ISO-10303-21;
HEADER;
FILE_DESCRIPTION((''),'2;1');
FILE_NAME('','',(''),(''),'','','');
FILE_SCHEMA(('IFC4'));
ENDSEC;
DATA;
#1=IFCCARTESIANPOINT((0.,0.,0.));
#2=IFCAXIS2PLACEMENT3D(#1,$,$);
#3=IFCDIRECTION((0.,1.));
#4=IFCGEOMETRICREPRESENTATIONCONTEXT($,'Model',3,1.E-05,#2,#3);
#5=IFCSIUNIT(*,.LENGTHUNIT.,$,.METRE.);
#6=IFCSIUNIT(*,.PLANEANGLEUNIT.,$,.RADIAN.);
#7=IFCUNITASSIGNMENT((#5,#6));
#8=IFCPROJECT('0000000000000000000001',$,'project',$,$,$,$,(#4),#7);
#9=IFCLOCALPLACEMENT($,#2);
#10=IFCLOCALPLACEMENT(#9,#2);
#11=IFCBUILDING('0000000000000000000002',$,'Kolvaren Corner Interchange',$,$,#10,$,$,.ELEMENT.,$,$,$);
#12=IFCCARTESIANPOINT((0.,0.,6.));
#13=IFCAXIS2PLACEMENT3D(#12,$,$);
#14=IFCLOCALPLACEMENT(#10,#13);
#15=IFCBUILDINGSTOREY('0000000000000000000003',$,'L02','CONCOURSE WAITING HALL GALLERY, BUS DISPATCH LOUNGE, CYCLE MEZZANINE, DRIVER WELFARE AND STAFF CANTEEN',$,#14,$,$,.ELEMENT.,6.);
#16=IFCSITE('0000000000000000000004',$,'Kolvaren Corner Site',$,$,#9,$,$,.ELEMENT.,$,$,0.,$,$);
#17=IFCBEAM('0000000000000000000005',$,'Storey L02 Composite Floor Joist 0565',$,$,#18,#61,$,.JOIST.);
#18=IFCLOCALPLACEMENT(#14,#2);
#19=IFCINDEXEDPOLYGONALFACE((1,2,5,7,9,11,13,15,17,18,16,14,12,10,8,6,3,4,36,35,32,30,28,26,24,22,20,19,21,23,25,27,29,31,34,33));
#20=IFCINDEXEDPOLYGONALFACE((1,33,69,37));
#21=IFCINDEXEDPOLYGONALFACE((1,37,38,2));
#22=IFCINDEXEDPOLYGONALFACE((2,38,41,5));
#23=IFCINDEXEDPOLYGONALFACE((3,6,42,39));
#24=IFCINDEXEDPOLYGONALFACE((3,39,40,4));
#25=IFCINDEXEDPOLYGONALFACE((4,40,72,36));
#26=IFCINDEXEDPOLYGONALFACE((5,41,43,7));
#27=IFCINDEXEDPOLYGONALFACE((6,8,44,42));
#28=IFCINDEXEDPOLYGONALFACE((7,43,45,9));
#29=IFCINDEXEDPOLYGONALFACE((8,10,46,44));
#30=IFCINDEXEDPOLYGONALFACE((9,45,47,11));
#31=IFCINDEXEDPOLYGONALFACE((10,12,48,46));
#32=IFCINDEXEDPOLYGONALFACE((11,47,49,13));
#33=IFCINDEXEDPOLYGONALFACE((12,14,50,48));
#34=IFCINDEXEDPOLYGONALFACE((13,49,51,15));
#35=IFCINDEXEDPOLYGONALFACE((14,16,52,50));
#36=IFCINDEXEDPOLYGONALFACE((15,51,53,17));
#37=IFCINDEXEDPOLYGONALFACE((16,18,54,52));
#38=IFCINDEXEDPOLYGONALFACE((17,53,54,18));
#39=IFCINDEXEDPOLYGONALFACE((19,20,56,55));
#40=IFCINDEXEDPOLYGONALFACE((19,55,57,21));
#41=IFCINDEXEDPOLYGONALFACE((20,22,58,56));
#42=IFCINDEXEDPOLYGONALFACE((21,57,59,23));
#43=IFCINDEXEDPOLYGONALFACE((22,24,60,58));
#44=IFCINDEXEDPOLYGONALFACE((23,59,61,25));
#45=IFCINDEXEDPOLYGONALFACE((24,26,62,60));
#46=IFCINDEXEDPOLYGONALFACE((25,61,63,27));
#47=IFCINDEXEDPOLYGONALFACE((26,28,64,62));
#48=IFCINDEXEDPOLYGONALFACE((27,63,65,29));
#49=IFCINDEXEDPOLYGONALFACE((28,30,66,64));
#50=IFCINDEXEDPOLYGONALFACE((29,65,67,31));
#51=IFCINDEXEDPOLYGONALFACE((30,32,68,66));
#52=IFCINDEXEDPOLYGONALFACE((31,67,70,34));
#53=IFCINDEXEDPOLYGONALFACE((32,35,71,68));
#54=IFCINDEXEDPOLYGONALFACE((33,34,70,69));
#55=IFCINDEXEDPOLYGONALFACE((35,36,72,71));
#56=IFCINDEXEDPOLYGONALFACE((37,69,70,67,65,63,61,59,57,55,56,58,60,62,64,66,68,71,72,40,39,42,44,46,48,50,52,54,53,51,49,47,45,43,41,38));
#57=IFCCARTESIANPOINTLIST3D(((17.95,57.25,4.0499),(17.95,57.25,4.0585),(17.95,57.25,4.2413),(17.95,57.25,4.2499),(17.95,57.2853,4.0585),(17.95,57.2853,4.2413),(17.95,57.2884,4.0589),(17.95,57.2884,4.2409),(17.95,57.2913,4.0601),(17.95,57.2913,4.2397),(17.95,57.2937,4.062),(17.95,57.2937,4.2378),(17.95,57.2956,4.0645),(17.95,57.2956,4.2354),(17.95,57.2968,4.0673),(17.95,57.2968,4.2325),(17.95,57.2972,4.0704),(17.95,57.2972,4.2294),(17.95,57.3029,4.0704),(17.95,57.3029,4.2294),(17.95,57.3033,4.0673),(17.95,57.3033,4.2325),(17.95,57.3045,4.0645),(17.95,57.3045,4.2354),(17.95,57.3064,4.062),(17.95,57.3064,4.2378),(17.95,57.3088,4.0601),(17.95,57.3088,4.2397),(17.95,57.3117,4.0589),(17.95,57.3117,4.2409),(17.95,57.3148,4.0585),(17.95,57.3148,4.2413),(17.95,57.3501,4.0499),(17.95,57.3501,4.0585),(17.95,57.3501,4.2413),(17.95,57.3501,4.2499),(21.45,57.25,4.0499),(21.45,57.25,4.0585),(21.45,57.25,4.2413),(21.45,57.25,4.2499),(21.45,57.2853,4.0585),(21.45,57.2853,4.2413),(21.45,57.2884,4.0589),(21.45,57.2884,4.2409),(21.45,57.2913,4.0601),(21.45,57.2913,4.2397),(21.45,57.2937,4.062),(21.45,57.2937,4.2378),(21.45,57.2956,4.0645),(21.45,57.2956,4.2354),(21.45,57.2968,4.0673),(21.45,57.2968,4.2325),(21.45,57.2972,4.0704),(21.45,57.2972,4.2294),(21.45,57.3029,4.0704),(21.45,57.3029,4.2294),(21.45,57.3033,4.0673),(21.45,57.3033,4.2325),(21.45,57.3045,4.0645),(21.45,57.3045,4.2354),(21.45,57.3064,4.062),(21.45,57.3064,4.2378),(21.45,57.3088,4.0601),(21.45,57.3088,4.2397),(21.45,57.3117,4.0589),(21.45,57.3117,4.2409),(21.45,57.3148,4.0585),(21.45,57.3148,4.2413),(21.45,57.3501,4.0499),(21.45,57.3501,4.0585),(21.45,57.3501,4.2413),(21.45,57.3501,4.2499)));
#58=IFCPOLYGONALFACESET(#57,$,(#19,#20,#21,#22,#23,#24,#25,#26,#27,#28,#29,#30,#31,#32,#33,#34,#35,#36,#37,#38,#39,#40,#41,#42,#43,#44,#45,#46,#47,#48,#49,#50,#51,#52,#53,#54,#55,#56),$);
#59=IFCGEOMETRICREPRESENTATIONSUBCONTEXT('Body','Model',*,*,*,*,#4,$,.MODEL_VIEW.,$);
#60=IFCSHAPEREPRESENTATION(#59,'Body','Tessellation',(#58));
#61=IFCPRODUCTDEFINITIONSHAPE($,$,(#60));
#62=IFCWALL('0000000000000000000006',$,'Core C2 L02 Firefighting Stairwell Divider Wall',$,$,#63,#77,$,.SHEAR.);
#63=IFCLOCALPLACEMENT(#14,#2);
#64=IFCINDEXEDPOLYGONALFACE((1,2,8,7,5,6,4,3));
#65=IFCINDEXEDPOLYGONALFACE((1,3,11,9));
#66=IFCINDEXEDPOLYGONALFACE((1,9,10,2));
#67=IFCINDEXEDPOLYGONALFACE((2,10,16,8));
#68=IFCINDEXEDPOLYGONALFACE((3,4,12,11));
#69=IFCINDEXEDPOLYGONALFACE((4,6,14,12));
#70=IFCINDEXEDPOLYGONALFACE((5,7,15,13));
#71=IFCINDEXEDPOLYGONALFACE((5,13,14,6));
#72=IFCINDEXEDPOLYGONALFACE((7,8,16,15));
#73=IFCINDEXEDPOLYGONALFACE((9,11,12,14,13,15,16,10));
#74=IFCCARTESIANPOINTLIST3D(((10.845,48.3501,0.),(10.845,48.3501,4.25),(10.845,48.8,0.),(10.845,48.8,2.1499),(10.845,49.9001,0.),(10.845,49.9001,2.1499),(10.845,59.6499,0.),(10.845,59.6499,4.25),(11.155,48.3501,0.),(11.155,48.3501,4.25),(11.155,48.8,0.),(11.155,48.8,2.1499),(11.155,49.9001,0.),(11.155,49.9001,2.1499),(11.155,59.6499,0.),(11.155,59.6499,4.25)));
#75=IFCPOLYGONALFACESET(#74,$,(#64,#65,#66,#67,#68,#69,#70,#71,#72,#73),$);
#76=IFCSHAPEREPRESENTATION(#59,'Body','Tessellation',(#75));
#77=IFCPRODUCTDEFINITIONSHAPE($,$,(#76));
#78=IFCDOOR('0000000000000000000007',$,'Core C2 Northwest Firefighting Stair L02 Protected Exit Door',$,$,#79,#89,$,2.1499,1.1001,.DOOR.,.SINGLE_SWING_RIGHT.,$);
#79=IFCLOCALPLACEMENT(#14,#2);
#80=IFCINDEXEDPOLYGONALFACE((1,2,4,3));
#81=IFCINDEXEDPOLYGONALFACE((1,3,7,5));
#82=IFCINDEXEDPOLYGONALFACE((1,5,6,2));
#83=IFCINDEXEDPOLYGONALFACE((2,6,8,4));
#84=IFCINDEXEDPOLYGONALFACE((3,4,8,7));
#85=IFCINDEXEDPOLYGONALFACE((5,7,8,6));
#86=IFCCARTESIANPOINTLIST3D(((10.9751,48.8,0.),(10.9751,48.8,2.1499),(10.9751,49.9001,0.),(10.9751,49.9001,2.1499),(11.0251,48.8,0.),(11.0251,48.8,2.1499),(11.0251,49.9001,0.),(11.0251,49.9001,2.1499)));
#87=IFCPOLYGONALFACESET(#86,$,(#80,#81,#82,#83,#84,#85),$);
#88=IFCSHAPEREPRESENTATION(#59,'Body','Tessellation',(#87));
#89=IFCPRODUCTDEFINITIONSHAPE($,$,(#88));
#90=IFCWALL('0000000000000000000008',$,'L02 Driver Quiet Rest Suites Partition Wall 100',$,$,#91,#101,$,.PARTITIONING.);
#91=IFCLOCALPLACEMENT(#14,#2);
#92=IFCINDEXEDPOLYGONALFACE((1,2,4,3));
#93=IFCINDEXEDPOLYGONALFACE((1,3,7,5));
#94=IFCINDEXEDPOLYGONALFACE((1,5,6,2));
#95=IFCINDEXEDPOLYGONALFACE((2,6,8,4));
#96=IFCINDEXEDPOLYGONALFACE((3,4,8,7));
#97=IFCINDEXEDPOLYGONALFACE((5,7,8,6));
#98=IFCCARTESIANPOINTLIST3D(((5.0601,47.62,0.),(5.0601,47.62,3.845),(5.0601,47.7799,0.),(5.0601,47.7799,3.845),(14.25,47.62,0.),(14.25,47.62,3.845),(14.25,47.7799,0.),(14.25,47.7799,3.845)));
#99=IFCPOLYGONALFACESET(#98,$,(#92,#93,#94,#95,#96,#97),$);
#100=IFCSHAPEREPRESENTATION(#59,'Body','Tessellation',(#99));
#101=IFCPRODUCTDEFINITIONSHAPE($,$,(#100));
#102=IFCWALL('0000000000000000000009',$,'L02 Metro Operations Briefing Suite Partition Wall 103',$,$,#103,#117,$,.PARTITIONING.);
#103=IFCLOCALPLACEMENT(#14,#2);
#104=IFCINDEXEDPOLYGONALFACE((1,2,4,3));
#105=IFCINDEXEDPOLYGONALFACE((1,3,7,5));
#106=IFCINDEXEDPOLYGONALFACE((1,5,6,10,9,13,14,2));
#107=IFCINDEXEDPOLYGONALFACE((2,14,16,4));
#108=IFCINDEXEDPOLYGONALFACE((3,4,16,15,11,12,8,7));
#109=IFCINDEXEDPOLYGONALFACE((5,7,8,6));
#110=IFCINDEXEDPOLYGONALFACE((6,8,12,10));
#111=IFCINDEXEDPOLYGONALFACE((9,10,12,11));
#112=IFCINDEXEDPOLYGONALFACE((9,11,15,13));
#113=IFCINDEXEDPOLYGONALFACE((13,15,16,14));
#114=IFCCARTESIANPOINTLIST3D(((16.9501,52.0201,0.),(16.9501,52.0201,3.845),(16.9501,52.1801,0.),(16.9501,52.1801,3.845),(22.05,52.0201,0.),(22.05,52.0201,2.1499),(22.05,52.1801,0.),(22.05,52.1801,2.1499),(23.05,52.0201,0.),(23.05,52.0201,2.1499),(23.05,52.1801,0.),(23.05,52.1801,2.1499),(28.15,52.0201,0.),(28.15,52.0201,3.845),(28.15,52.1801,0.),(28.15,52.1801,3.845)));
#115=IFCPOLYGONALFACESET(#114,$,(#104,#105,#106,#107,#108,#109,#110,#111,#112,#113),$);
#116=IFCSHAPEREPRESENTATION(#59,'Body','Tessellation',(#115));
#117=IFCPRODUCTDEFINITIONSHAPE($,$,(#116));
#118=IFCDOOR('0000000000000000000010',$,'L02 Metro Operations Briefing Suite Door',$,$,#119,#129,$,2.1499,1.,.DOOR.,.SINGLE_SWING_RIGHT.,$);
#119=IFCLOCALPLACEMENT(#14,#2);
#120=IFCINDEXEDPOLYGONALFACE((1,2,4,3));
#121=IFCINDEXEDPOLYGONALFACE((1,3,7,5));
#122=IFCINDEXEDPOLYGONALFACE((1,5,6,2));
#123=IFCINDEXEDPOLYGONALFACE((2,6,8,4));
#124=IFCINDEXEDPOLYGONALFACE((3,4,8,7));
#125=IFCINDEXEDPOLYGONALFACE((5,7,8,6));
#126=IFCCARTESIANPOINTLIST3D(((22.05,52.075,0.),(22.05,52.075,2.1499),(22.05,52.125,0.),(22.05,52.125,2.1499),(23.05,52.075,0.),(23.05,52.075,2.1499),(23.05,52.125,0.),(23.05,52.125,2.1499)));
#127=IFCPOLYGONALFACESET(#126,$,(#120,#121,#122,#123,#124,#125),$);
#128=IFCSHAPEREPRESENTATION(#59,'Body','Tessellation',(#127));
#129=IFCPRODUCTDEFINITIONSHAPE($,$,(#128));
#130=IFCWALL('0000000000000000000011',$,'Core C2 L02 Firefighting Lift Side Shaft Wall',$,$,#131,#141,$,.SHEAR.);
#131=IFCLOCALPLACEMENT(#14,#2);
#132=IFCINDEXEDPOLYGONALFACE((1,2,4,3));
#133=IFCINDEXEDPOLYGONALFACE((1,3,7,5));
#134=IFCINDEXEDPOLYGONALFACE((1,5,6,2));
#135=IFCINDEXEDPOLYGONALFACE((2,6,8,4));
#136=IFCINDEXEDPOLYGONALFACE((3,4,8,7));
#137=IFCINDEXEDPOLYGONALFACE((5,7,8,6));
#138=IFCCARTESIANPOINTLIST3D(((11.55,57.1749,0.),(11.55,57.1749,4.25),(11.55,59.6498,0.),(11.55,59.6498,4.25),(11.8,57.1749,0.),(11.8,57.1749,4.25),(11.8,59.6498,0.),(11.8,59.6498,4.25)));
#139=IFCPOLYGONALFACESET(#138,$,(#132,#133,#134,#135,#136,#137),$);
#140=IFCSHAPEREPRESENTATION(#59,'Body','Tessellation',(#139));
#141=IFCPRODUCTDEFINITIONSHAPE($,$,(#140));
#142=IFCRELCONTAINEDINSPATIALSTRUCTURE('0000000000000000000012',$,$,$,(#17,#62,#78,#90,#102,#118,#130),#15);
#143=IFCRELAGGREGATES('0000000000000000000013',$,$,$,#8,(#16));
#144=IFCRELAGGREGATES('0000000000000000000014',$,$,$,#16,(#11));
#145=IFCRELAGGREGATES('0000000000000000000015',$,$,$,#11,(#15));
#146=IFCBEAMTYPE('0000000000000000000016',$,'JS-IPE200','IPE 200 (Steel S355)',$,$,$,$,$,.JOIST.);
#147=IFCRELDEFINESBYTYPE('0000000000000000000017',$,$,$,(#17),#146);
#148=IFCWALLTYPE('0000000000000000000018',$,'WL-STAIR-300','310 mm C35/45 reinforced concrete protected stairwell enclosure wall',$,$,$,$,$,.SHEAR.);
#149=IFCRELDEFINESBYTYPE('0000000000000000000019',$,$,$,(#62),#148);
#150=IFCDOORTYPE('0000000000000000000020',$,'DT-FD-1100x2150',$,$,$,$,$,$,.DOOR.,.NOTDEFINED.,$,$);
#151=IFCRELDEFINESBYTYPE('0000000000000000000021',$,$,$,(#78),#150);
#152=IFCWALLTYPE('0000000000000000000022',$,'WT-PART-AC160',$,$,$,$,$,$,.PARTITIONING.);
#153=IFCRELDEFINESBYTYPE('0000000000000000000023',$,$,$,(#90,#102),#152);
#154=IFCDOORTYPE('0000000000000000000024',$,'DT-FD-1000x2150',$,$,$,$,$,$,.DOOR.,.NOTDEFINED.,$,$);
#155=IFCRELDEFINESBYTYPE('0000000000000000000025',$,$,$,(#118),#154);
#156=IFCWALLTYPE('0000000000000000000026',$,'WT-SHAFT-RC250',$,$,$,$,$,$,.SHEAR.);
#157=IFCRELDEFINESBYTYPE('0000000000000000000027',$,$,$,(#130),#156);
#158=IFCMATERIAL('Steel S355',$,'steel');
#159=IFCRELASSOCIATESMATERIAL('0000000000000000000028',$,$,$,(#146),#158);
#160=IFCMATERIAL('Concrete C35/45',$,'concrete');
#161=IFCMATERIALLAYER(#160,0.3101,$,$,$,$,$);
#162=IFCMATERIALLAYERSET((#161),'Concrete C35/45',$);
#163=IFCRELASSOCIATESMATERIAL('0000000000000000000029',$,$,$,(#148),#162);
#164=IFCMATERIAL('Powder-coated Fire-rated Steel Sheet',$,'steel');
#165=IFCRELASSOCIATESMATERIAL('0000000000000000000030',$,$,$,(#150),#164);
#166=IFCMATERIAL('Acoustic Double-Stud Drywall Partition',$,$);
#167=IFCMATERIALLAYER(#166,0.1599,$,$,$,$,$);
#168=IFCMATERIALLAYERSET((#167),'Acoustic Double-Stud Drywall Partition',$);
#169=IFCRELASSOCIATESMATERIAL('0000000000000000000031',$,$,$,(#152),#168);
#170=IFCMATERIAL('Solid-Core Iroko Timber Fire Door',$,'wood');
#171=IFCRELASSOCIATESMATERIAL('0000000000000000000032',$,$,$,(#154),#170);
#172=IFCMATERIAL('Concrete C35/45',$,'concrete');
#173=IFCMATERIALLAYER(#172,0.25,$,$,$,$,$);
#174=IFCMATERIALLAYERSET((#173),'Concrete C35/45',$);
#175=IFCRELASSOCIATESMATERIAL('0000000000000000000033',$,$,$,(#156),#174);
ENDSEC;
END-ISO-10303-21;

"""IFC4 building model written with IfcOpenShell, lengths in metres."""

from ifc_helpers import new_model, si_unit, direction, frame, frame_2d, origin, origin_2d, place, context, subcontext, project, spatial, rectangle, i_section, extrude, material, layer, layer_set, material_profile, profile_set, type_object, element, fill, save


model = new_model("IFC4")

# Units and contexts
model_context = context("Model", 3, precision=1e-05, world=origin(), true_north=direction((0.0, 1.0)))
body_context = subcontext(model_context, "Body", "Model", "MODEL_VIEW")
ifc_project = project(units=[si_unit("LENGTHUNIT", "METRE"), si_unit("PLANEANGLEUNIT", "RADIAN")], contexts=[model_context])

# Site, building, storey
site_placement = place(None, origin())
site = spatial("IfcSite", under=ifc_project, at=site_placement, Name="Kolvaren Corner Site", CompositionType="ELEMENT", RefElevation=0.0)
building_placement = place(site_placement, origin())
building = spatial("IfcBuilding", under=site, at=building_placement, Name="Kolvaren Corner Interchange", CompositionType="ELEMENT")
storey_placement = place(building_placement, frame((0.0, 0.0, 6.0)))
storey = spatial("IfcBuildingStorey", under=building, at=storey_placement, Name="L02", Description="CONCOURSE WAITING HALL GALLERY, BUS DISPATCH LOUNGE, CYCLE MEZZANINE, DRIVER WELFARE AND STAFF CANTEEN", CompositionType="ELEMENT", Elevation=6.0)

# Beam
ifc_material_1 = material(Name="Steel S355", Category="steel")
ifc_material_profile_1 = material_profile(ifc_material_1, i_section(OverallWidth=0.1001, OverallDepth=0.2, WebThickness=0.0056, FlangeThickness=0.0085, FilletRadius=0.012, at=origin_2d()), Name="IPE 200")
ifc_profile_set_1 = profile_set([ifc_material_profile_1], Name="Steel S355")
beam_type_1 = type_object("IfcBeamType", Name="JS-IPE200", Description="IPE 200 (Steel S355)", PredefinedType="JOIST", material=ifc_profile_set_1)
for number, where, z_axis, x_axis, name in (
    (1, (17.95, 57.3, 4.1499), (1.0, 0.0, 0.0), (0.0, 1.0, 0.0), "Storey L02 Composite Floor Joist 0565"),
):
    element("IfcBeam", number, at=place(storey_placement, frame(where, z_axis=z_axis, x_axis=x_axis)), inside=storey, type_object=beam_type_1, Name=name, PredefinedType="JOIST", context=body_context, shape_type="SweptSolid", body=[
        extrude(i_section(OverallWidth=0.1001, OverallDepth=0.2, WebThickness=0.0056, FlangeThickness=0.0085, FilletRadius=0.012, at=origin_2d()), origin(), (0.0, 0.0, 1.0), 3.5),
    ])

# Wall, opening, door
ifc_material_2 = material(Name="Concrete C35/45", Category="concrete")
ifc_layer_1 = layer(ifc_material_2, 0.3101)
ifc_layer_set_1 = layer_set([ifc_layer_1], Name="Concrete C35/45")
wall_type_1 = type_object("IfcWallType", Name="WL-STAIR-300", Description="310 mm C35/45 reinforced concrete protected stairwell enclosure wall", PredefinedType="SHEAR", material=ifc_layer_set_1)
wall_1_placement = place(storey_placement, frame((11.0, 48.3501, 0.0), z_axis=(0.0, 0.0, 1.0), x_axis=(0.0, 1.0, 0.0)))
wall_1 = element("IfcWall", 2, at=wall_1_placement, inside=storey, type_object=wall_type_1, Name="Core C2 L02 Firefighting Stairwell Divider Wall", PredefinedType="SHEAR", context=body_context, shape_type="SweptSolid", body=[
    extrude(rectangle(XDim=11.2998, YDim=0.3101, at=frame_2d((5.6499, 0.0))), origin(), (0.0, 0.0, 1.0), 4.25),
])
opening_1_placement = place(wall_1_placement, frame((0.45, 0.0, 0.0)))
opening_1 = element("IfcOpeningElement", 3, at=opening_1_placement, cuts=wall_1, PredefinedType="OPENING", context=body_context, shape_type="SweptSolid", body=[
    extrude(rectangle(XDim=1.1001, YDim=2.1499, at=frame_2d((0.55, 1.075))), frame((0.0, 0.165, 0.0), z_axis=(0.0, -1.0, 0.0), x_axis=(1.0, 0.0, 0.0)), (0.0, 0.0, 1.0), 0.3301),
])
ifc_material_3 = material(Name="Powder-coated Fire-rated Steel Sheet", Category="steel")
door_type_1 = type_object("IfcDoorType", Name="DT-FD-1100x2150", OperationType="NOTDEFINED", PredefinedType="DOOR", material=ifc_material_3)
door_1_placement = place(opening_1_placement, origin())
door_1 = element("IfcDoor", 4, at=door_1_placement, inside=storey, type_object=door_type_1, Name="Core C2 Northwest Firefighting Stair L02 Protected Exit Door", OperationType="SINGLE_SWING_RIGHT", OverallHeight=2.1499, OverallWidth=1.1001, PredefinedType="DOOR", context=body_context, shape_type="SweptSolid", body=[
    extrude(rectangle(XDim=1.1001, YDim=2.1499, at=frame_2d((0.55, 1.075))), frame((0.0, 0.0249, 0.0), z_axis=(0.0, -1.0, 0.0), x_axis=(1.0, 0.0, 0.0)), (0.0, 0.0, 1.0), 0.05),
])
fill(opening_1, door_1)

# Wall
ifc_material_4 = material(Name="Acoustic Double-Stud Drywall Partition")
ifc_layer_2 = layer(ifc_material_4, 0.1599)
ifc_layer_set_2 = layer_set([ifc_layer_2], Name="Acoustic Double-Stud Drywall Partition")
wall_type_2 = type_object("IfcWallType", Name="WT-PART-AC160", PredefinedType="PARTITIONING", material=ifc_layer_set_2)
wall_2_placement = place(storey_placement, frame((14.25, 47.7, 0.0), z_axis=(0.0, 0.0, 1.0), x_axis=(-1.0, 0.0, 0.0)))
element("IfcWall", 5, at=wall_2_placement, inside=storey, type_object=wall_type_2, Name="L02 Driver Quiet Rest Suites Partition Wall 100", PredefinedType="PARTITIONING", context=body_context, shape_type="SweptSolid", body=[
    extrude(rectangle(XDim=9.1899, YDim=0.1599, at=frame_2d((4.595, 0.0))), origin(), (0.0, 0.0, 1.0), 3.845),
])

# Wall, opening, door
wall_3_placement = place(storey_placement, frame((16.95, 52.1001, 0.0), z_axis=(0.0, 0.0, 1.0), x_axis=(1.0, 0.0, 0.0)))
wall_3 = element("IfcWall", 6, at=wall_3_placement, inside=storey, type_object=wall_type_2, Name="L02 Metro Operations Briefing Suite Partition Wall 103", PredefinedType="PARTITIONING", context=body_context, shape_type="SweptSolid", body=[
    extrude(rectangle(XDim=11.2, YDim=0.1599, at=frame_2d((5.6001, 0.0))), origin(), (0.0, 0.0, 1.0), 3.845),
])
opening_2_placement = place(wall_3_placement, frame((5.1001, 0.0, 0.0)))
opening_2 = element("IfcOpeningElement", 7, at=opening_2_placement, cuts=wall_3, PredefinedType="OPENING", context=body_context, shape_type="SweptSolid", body=[
    extrude(rectangle(XDim=1.0, YDim=2.1499, at=frame_2d((0.5, 1.075))), frame((0.0, 0.0898, 0.0), z_axis=(0.0, -1.0, 0.0), x_axis=(1.0, 0.0, 0.0)), (0.0, 0.0, 1.0), 0.1799),
])
ifc_material_5 = material(Name="Solid-Core Iroko Timber Fire Door", Category="wood")
door_type_2 = type_object("IfcDoorType", Name="DT-FD-1000x2150", OperationType="NOTDEFINED", PredefinedType="DOOR", material=ifc_material_5)
door_2_placement = place(opening_2_placement, origin())
door_2 = element("IfcDoor", 8, at=door_2_placement, inside=storey, type_object=door_type_2, Name="L02 Metro Operations Briefing Suite Door", OperationType="SINGLE_SWING_RIGHT", OverallHeight=2.1499, OverallWidth=1.0, PredefinedType="DOOR", context=body_context, shape_type="SweptSolid", body=[
    extrude(rectangle(XDim=1.0, YDim=2.1499, at=frame_2d((0.5, 1.075))), frame((0.0, 0.0249, 0.0), z_axis=(0.0, -1.0, 0.0), x_axis=(1.0, 0.0, 0.0)), (0.0, 0.0, 1.0), 0.05),
])
fill(opening_2, door_2)
ifc_material_6 = material(Name="Concrete C35/45", Category="concrete")
ifc_layer_3 = layer(ifc_material_6, 0.25)
ifc_layer_set_3 = layer_set([ifc_layer_3], Name="Concrete C35/45")
wall_type_3 = type_object("IfcWallType", Name="WT-SHAFT-RC250", PredefinedType="SHEAR", material=ifc_layer_set_3)

# Wall
wall_4_placement = place(storey_placement, frame((11.675, 57.175, 0.0), z_axis=(0.0, 0.0, 1.0), x_axis=(0.0, 1.0, 0.0)))
element("IfcWall", 9, at=wall_4_placement, inside=storey, type_object=wall_type_3, Name="Core C2 L02 Firefighting Lift Side Shaft Wall", PredefinedType="SHEAR", context=body_context, shape_type="SweptSolid", body=[
    extrude(rectangle(XDim=2.4749, YDim=0.25, at=frame_2d((1.2373, 0.0))), origin(), (0.0, 0.0, 1.0), 4.25),
])

save(model, "model.ifc")
